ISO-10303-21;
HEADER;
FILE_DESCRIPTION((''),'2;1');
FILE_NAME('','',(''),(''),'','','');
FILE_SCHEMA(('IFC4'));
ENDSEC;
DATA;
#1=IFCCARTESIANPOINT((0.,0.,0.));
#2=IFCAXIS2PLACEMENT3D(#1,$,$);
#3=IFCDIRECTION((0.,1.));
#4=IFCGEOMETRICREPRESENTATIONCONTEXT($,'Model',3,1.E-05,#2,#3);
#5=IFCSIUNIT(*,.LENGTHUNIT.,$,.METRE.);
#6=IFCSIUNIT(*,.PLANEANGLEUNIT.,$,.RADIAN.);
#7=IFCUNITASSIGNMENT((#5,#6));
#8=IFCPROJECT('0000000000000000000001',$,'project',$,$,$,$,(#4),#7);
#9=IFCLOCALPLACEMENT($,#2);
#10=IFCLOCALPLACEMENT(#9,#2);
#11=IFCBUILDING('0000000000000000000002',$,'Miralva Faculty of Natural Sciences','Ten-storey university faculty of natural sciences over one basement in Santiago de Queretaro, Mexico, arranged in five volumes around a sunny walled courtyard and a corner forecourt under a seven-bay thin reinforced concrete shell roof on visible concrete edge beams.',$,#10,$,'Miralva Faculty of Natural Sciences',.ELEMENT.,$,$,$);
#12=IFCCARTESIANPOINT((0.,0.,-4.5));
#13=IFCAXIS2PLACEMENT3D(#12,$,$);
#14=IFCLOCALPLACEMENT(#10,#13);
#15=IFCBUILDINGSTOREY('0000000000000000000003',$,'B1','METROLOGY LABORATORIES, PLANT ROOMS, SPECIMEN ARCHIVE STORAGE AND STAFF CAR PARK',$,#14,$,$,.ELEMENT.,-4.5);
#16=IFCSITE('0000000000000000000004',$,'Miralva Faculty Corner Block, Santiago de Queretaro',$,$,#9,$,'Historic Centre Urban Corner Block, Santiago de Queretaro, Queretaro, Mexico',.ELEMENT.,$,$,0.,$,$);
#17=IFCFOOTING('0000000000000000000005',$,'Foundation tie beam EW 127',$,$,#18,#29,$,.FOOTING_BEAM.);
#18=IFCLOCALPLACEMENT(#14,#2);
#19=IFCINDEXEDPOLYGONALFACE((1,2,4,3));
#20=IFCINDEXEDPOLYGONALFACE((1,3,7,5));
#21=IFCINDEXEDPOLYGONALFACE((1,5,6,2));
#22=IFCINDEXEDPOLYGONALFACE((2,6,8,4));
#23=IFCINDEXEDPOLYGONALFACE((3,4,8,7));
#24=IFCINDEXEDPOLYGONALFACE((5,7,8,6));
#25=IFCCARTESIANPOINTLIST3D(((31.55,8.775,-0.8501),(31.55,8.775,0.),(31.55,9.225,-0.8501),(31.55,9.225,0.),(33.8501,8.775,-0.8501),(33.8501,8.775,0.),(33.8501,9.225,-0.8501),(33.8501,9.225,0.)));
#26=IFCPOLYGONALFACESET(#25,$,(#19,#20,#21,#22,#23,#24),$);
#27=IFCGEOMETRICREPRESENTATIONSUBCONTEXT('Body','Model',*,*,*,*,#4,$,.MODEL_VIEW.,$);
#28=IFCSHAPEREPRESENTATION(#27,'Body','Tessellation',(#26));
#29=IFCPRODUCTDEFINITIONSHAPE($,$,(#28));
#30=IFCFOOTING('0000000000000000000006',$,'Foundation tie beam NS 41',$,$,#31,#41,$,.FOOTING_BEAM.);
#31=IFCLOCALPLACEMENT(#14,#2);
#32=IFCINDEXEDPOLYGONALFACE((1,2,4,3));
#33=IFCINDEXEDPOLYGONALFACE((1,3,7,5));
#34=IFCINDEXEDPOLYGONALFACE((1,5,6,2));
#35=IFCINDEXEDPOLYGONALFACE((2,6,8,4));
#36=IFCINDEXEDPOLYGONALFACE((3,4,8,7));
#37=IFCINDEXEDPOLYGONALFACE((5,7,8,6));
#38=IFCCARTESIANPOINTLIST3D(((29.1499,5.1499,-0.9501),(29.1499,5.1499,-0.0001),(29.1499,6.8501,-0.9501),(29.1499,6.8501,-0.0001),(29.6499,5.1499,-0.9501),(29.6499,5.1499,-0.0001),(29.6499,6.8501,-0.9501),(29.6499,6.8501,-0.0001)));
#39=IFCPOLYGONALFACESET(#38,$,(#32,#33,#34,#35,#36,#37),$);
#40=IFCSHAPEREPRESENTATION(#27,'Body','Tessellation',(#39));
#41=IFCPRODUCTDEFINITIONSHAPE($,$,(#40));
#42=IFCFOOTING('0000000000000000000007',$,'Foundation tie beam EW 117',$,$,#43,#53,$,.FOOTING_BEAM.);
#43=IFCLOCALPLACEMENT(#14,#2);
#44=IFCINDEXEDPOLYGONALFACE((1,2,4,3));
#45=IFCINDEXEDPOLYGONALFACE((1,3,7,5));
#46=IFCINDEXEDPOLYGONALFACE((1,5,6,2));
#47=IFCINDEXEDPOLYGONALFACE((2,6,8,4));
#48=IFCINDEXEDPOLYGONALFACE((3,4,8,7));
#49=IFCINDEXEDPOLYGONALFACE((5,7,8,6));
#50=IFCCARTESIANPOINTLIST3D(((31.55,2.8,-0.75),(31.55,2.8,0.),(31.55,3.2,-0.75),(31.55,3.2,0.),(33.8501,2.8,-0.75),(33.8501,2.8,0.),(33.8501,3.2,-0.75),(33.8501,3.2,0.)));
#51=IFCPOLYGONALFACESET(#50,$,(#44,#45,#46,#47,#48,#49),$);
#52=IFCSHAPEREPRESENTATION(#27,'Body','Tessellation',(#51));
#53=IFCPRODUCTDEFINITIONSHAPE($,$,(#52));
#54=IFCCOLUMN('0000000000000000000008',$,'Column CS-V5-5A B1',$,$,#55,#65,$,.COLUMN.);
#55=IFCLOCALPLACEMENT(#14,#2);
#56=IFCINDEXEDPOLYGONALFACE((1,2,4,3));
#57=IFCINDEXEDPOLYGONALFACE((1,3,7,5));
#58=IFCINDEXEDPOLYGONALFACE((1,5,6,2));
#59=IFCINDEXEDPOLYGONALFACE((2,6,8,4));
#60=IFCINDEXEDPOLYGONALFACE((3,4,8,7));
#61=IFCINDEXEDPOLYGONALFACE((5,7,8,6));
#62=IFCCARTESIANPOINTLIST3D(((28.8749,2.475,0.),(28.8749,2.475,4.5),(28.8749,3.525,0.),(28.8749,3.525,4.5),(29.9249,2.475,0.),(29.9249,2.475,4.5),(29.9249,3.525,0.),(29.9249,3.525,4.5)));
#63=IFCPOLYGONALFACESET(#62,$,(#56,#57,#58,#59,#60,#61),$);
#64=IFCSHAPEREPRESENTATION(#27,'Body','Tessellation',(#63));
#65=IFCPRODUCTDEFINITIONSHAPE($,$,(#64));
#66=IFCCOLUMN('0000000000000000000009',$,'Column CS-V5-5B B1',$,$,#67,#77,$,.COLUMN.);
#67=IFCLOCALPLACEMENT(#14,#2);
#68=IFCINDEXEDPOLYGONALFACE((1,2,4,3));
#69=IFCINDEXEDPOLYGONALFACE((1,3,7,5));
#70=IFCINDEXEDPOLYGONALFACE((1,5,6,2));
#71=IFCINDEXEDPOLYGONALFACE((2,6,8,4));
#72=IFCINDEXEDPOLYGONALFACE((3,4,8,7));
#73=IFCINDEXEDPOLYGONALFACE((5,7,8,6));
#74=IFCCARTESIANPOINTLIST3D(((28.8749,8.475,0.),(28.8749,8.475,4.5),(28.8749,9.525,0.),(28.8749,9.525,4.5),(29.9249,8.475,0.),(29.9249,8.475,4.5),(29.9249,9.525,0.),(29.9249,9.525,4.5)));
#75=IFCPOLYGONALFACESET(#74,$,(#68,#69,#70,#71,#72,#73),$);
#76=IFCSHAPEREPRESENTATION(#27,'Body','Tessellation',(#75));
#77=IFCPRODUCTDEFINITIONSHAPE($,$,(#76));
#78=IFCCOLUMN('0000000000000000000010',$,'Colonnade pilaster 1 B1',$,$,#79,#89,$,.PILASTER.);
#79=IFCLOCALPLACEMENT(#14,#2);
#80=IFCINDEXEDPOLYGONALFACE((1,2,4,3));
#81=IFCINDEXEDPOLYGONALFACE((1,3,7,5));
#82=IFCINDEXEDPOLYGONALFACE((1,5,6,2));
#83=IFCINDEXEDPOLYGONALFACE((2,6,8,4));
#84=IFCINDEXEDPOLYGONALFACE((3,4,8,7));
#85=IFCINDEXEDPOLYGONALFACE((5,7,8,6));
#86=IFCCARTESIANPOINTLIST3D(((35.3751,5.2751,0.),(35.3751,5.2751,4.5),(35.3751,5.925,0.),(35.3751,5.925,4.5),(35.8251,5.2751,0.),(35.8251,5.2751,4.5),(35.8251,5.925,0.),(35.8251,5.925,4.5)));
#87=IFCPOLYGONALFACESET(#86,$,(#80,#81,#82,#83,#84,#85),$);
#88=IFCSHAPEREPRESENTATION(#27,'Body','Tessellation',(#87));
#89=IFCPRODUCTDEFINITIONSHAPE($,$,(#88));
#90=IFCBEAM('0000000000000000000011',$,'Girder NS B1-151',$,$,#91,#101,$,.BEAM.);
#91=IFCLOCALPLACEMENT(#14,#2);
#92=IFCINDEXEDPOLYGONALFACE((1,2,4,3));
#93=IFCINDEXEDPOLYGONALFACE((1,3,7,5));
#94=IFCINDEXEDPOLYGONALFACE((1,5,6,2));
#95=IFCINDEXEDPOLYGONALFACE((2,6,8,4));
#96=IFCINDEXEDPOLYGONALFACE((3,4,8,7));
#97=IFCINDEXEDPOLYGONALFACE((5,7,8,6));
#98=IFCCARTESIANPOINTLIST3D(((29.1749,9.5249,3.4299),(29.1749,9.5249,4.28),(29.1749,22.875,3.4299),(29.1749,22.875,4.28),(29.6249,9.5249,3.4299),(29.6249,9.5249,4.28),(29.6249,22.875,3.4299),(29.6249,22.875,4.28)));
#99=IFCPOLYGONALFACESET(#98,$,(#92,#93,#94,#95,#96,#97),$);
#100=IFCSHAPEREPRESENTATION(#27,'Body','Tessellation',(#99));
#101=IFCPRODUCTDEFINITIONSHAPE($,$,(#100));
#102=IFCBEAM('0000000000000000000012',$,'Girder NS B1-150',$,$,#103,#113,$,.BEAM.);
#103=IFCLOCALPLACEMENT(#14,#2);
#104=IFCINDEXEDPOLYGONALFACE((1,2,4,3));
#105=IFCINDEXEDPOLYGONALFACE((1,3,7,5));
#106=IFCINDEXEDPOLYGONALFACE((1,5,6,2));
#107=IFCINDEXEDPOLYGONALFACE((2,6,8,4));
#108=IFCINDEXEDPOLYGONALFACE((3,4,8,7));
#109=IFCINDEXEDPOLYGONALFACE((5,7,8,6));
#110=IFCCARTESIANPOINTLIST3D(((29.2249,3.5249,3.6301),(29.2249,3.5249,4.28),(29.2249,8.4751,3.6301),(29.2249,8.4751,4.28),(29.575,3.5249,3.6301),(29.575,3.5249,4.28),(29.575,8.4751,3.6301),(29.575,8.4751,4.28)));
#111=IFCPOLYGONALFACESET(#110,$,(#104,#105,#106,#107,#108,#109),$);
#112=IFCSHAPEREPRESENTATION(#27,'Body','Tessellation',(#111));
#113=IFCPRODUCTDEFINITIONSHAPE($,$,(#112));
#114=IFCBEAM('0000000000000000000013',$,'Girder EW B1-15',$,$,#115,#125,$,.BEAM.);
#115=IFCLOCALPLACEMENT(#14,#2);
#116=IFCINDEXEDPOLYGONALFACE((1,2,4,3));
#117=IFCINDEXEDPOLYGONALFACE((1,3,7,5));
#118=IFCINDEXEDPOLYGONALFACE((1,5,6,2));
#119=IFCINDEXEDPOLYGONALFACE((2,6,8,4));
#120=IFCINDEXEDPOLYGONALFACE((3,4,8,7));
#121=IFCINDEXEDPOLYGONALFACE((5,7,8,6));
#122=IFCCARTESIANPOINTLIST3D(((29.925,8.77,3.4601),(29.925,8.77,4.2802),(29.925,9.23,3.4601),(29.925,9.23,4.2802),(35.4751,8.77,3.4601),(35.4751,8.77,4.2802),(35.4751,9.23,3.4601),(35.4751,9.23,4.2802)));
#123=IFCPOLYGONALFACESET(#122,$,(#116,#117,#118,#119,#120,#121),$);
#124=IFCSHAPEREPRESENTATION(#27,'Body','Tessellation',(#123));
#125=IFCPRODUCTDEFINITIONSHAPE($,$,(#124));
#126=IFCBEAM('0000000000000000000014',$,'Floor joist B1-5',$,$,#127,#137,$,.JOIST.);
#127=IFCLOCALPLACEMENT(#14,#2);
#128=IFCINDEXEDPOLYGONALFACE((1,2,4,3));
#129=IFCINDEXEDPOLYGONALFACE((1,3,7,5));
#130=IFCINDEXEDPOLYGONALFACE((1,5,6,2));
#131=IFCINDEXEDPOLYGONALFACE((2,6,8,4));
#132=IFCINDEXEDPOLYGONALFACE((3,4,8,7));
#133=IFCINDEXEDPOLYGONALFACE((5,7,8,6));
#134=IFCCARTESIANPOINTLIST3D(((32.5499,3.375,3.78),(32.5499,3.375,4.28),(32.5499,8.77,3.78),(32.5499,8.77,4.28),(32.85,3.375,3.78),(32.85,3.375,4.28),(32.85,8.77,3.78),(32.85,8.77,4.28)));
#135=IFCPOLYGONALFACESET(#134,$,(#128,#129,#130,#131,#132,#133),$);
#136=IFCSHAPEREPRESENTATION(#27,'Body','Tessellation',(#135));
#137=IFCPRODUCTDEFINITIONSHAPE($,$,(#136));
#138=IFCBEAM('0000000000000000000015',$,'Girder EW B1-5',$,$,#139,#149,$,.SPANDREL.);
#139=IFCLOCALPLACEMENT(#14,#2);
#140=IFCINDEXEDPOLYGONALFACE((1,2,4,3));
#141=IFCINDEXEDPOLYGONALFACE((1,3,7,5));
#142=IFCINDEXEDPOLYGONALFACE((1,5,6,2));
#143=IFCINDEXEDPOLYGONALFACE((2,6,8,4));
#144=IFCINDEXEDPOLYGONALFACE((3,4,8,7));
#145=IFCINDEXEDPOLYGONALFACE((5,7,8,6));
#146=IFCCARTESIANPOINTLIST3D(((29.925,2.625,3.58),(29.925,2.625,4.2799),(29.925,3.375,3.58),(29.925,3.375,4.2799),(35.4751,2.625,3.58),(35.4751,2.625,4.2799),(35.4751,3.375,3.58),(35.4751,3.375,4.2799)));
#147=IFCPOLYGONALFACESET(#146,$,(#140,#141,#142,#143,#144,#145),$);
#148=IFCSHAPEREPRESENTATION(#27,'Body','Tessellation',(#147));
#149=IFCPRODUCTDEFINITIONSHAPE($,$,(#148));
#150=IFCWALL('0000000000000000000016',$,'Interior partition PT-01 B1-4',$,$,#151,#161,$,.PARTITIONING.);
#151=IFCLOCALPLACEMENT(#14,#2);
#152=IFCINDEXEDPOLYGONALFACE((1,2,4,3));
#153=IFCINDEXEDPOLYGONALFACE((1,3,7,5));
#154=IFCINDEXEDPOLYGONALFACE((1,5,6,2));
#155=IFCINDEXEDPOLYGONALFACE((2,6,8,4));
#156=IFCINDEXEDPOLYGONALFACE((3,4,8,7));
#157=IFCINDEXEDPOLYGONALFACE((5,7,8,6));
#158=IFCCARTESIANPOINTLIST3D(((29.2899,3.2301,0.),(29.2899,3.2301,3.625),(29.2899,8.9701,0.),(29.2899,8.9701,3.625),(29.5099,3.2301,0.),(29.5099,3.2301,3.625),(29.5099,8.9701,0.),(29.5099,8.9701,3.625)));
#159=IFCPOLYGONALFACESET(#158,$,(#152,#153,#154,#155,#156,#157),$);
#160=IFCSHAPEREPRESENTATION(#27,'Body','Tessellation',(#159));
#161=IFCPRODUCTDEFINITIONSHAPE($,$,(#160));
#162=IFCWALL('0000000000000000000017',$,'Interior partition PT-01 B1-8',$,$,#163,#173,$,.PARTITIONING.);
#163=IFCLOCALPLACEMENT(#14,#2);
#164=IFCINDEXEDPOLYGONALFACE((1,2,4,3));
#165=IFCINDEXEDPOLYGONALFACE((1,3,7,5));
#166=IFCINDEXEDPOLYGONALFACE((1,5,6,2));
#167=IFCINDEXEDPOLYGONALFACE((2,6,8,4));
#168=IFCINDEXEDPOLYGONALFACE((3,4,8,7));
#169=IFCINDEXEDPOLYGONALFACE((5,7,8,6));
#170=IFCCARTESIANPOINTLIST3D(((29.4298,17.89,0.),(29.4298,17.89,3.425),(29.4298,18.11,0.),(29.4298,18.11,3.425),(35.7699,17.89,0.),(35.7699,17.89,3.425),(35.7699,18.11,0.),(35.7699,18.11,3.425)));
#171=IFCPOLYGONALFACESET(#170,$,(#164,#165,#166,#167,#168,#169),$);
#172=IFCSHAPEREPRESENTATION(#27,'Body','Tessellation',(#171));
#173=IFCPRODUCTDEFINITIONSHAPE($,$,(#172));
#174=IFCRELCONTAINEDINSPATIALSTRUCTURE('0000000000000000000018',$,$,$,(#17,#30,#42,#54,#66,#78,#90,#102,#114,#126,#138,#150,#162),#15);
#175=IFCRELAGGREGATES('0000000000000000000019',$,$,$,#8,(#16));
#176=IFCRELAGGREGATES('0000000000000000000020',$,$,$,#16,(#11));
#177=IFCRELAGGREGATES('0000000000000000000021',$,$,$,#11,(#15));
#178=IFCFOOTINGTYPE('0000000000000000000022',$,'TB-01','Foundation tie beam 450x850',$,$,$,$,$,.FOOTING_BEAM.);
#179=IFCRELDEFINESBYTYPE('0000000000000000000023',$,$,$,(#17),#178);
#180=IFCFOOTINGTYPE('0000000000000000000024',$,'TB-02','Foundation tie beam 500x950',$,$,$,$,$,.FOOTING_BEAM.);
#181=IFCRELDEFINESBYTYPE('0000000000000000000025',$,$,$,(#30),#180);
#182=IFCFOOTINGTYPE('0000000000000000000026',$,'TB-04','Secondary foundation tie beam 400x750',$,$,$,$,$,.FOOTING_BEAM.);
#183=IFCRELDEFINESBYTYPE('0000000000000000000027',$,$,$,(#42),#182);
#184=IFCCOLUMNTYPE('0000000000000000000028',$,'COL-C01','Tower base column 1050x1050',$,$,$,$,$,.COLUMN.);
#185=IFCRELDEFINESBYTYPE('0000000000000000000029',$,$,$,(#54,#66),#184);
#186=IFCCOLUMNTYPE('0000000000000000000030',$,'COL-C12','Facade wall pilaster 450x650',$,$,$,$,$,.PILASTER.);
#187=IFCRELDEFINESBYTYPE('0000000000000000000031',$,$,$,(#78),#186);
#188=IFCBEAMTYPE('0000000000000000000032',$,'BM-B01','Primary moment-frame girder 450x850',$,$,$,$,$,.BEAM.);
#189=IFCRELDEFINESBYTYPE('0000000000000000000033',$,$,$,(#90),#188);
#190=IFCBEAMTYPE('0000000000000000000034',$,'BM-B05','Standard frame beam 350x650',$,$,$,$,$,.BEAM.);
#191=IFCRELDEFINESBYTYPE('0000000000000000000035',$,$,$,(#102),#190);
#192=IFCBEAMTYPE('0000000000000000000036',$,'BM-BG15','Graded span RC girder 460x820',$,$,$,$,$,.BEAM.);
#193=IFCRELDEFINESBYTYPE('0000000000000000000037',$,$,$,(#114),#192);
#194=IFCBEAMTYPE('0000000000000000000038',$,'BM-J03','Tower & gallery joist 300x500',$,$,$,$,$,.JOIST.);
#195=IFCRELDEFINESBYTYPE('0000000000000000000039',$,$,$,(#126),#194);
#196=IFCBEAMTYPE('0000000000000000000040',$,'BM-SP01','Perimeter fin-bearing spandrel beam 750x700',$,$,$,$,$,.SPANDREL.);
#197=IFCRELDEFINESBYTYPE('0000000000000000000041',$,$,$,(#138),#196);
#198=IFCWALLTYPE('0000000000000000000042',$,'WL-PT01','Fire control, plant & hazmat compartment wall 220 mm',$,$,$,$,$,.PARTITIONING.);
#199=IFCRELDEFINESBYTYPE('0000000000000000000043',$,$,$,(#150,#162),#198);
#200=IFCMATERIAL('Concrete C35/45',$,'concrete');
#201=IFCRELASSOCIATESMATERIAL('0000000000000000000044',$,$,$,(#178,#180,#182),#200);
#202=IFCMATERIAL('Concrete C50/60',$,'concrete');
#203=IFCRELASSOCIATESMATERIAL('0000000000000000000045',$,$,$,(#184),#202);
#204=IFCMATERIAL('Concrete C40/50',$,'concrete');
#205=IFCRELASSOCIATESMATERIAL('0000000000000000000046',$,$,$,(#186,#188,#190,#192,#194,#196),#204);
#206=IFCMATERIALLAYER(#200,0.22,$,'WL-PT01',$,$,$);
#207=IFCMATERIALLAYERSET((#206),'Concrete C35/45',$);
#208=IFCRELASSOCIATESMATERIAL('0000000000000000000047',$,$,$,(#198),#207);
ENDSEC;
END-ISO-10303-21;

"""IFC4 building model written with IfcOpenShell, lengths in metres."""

from ifc_helpers import new_model, si_unit, direction, frame, frame_2d, origin, origin_2d, place, context, subcontext, project, spatial, rectangle, extrude, material, layer, layer_set, material_profile, profile_set, type_object, element, save


model = new_model("IFC4")

# Units and contexts
model_context = context("Model", 3, precision=1e-05, world=origin(), true_north=direction((0.0, 1.0)))
body_context = subcontext(model_context, "Body", "Model", "MODEL_VIEW")
ifc_project = project(units=[si_unit("LENGTHUNIT", "METRE"), si_unit("PLANEANGLEUNIT", "RADIAN")], contexts=[model_context])

# Site, building, storey
site_placement = place(None, origin())
site = spatial("IfcSite", under=ifc_project, at=site_placement, Name="Miralva Faculty Corner Block, Santiago de Queretaro", LongName="Historic Centre Urban Corner Block, Santiago de Queretaro, Queretaro, Mexico", CompositionType="ELEMENT", RefElevation=0.0)
building_placement = place(site_placement, origin())
building = spatial("IfcBuilding", under=site, at=building_placement, Name="Miralva Faculty of Natural Sciences", Description="Ten-storey university faculty of natural sciences over one basement in Santiago de Queretaro, Mexico, arranged in five volumes around a sunny walled courtyard and a corner forecourt under a seven-bay thin reinforced concrete shell roof on visible concrete edge beams.", LongName="Miralva Faculty of Natural Sciences", CompositionType="ELEMENT")
storey_placement = place(building_placement, frame((0.0, 0.0, -4.5)))
storey = spatial("IfcBuildingStorey", under=building, at=storey_placement, Name="B1", Description="METROLOGY LABORATORIES, PLANT ROOMS, SPECIMEN ARCHIVE STORAGE AND STAFF CAR PARK", CompositionType="ELEMENT", Elevation=-4.5)

# Shared definitions
ifc_material_1 = material(Name="Concrete C35/45", Category="concrete")

# Footings
ifc_material_profile_1 = material_profile(ifc_material_1, rectangle(XDim=0.45, YDim=0.8501, at=origin_2d()), Name="RC 450x850")
ifc_profile_set_1 = profile_set([ifc_material_profile_1], Name="Concrete C35/45")
footing_type_1 = type_object("IfcFootingType", Name="TB-01", Description="Foundation tie beam 450x850", PredefinedType="FOOTING_BEAM", material=ifc_profile_set_1)
footing_1_placement = place(storey_placement, frame((31.55, 9.0, -0.425), z_axis=(1.0, 0.0, 0.0), x_axis=(0.0, 1.0, 0.0)))
element("IfcFooting", 1, at=footing_1_placement, inside=storey, type_object=footing_type_1, Name="Foundation tie beam EW 127", PredefinedType="FOOTING_BEAM", context=body_context, shape_type="SweptSolid", body=[
    extrude(rectangle(XDim=0.45, YDim=0.8501, at=origin_2d()), origin(), (0.0, 0.0, 1.0), 2.3),
])
ifc_material_profile_2 = material_profile(ifc_material_1, rectangle(XDim=0.5, YDim=0.95, at=origin_2d()), Name="RC 500x950")
ifc_profile_set_2 = profile_set([ifc_material_profile_2], Name="Concrete C35/45")
footing_type_2 = type_object("IfcFootingType", Name="TB-02", Description="Foundation tie beam 500x950", PredefinedType="FOOTING_BEAM", material=ifc_profile_set_2)
footing_2_placement = place(storey_placement, frame((29.3999, 5.1499, -0.4751), z_axis=(0.0, 1.0, 0.0), x_axis=(-1.0, 0.0, 0.0)))
element("IfcFooting", 2, at=footing_2_placement, inside=storey, type_object=footing_type_2, Name="Foundation tie beam NS 41", PredefinedType="FOOTING_BEAM", context=body_context, shape_type="SweptSolid", body=[
    extrude(rectangle(XDim=0.5, YDim=0.95, at=origin_2d()), origin(), (0.0, 0.0, 1.0), 1.7002),
])
ifc_material_profile_3 = material_profile(ifc_material_1, rectangle(XDim=0.3999, YDim=0.75, at=origin_2d()), Name="RC 400x750")
ifc_profile_set_3 = profile_set([ifc_material_profile_3], Name="Concrete C35/45")
footing_type_3 = type_object("IfcFootingType", Name="TB-04", Description="Secondary foundation tie beam 400x750", PredefinedType="FOOTING_BEAM", material=ifc_profile_set_3)
footing_3_placement = place(storey_placement, frame((31.55, 3.0, -0.375), z_axis=(1.0, 0.0, 0.0), x_axis=(0.0, 1.0, 0.0)))
element("IfcFooting", 3, at=footing_3_placement, inside=storey, type_object=footing_type_3, Name="Foundation tie beam EW 117", PredefinedType="FOOTING_BEAM", context=body_context, shape_type="SweptSolid", body=[
    extrude(rectangle(XDim=0.3999, YDim=0.75, at=origin_2d()), origin(), (0.0, 0.0, 1.0), 2.3),
])

# Columns
ifc_material_2 = material(Name="Concrete C50/60", Category="concrete")
ifc_material_profile_4 = material_profile(ifc_material_2, rectangle(XDim=1.05, YDim=1.05, at=origin_2d()), Name="RC 1050x1050")
ifc_profile_set_4 = profile_set([ifc_material_profile_4], Name="Concrete C50/60")
column_type_1 = type_object("IfcColumnType", Name="COL-C01", Description="Tower base column 1050x1050", PredefinedType="COLUMN", material=ifc_profile_set_4)
for number, where, z_axis, x_axis, name in (
    (4, (29.3999, 3.0, 0.0), (0.0, 0.0, 1.0), (1.0, 0.0, 0.0), "Column CS-V5-5A B1"),
    (5, (29.3999, 9.0, 0.0), (0.0, 0.0, 1.0), (1.0, 0.0, 0.0), "Column CS-V5-5B B1"),
):
    element("IfcColumn", number, at=place(storey_placement, frame(where, z_axis=z_axis, x_axis=x_axis)), inside=storey, type_object=column_type_1, Name=name, PredefinedType="COLUMN", context=body_context, shape_type="SweptSolid", body=[
        extrude(rectangle(XDim=1.05, YDim=1.05, at=origin_2d()), origin(), (0.0, 0.0, 1.0), 4.5),
    ])
ifc_material_3 = material(Name="Concrete C40/50", Category="concrete")
ifc_material_profile_5 = material_profile(ifc_material_3, rectangle(XDim=0.45, YDim=0.6499, at=origin_2d()), Name="RC 450x650")
ifc_profile_set_5 = profile_set([ifc_material_profile_5], Name="Concrete C40/50")
column_type_2 = type_object("IfcColumnType", Name="COL-C12", Description="Facade wall pilaster 450x650", PredefinedType="PILASTER", material=ifc_profile_set_5)
column_placement = place(storey_placement, frame((35.6001, 5.6001, 0.0), z_axis=(0.0, 0.0, 1.0), x_axis=(1.0, 0.0, 0.0)))
element("IfcColumn", 6, at=column_placement, inside=storey, type_object=column_type_2, Name="Colonnade pilaster 1 B1", PredefinedType="PILASTER", context=body_context, shape_type="SweptSolid", body=[
    extrude(rectangle(XDim=0.45, YDim=0.6499, at=origin_2d()), origin(), (0.0, 0.0, 1.0), 4.5),
])

# Beams
ifc_material_profile_6 = material_profile(ifc_material_3, rectangle(XDim=0.45, YDim=0.8501, at=origin_2d()), Name="RC 450x850")
ifc_profile_set_6 = profile_set([ifc_material_profile_6], Name="Concrete C40/50")
beam_type_1 = type_object("IfcBeamType", Name="BM-B01", Description="Primary moment-frame girder 450x850", PredefinedType="BEAM", material=ifc_profile_set_6)
beam_1_placement = place(storey_placement, frame((29.3999, 9.5249, 3.855), z_axis=(0.0, 1.0, 0.0), x_axis=(-1.0, 0.0, 0.0)))
element("IfcBeam", 7, at=beam_1_placement, inside=storey, type_object=beam_type_1, Name="Girder NS B1-151", PredefinedType="BEAM", context=body_context, shape_type="SweptSolid", body=[
    extrude(rectangle(XDim=0.45, YDim=0.8501, at=origin_2d()), origin(), (0.0, 0.0, 1.0), 13.3501),
])
ifc_material_profile_7 = material_profile(ifc_material_3, rectangle(XDim=0.3501, YDim=0.6499, at=origin_2d()), Name="RC 350x650")
ifc_profile_set_7 = profile_set([ifc_material_profile_7], Name="Concrete C40/50")
beam_type_2 = type_object("IfcBeamType", Name="BM-B05", Description="Standard frame beam 350x650", PredefinedType="BEAM", material=ifc_profile_set_7)
beam_2_placement = place(storey_placement, frame((29.3999, 3.5249, 3.9551), z_axis=(0.0, 1.0, 0.0), x_axis=(-1.0, 0.0, 0.0)))
element("IfcBeam", 8, at=beam_2_placement, inside=storey, type_object=beam_type_2, Name="Girder NS B1-150", PredefinedType="BEAM", context=body_context, shape_type="SweptSolid", body=[
    extrude(rectangle(XDim=0.3501, YDim=0.6499, at=origin_2d()), origin(), (0.0, 0.0, 1.0), 4.9502),
])
ifc_material_profile_8 = material_profile(ifc_material_3, rectangle(XDim=0.46, YDim=0.8201, at=origin_2d()), Name="RC 460x820")
ifc_profile_set_8 = profile_set([ifc_material_profile_8], Name="Concrete C40/50")
beam_type_3 = type_object("IfcBeamType", Name="BM-BG15", Description="Graded span RC girder 460x820", PredefinedType="BEAM", material=ifc_profile_set_8)
beam_3_placement = place(storey_placement, frame((29.925, 9.0, 3.8701), z_axis=(1.0, 0.0, 0.0), x_axis=(0.0, 1.0, 0.0)))
element("IfcBeam", 9, at=beam_3_placement, inside=storey, type_object=beam_type_3, Name="Girder EW B1-15", PredefinedType="BEAM", context=body_context, shape_type="SweptSolid", body=[
    extrude(rectangle(XDim=0.46, YDim=0.8201, at=origin_2d()), origin(), (0.0, 0.0, 1.0), 5.55),
])
ifc_material_profile_9 = material_profile(ifc_material_3, rectangle(XDim=0.3, YDim=0.5, at=origin_2d()), Name="RC 300x500")
ifc_profile_set_9 = profile_set([ifc_material_profile_9], Name="Concrete C40/50")
beam_type_4 = type_object("IfcBeamType", Name="BM-J03", Description="Tower & gallery joist 300x500", PredefinedType="JOIST", material=ifc_profile_set_9)
beam_4_placement = place(storey_placement, frame((32.7, 3.375, 4.03), z_axis=(0.0, 1.0, 0.0), x_axis=(-1.0, 0.0, 0.0)))
element("IfcBeam", 10, at=beam_4_placement, inside=storey, type_object=beam_type_4, Name="Floor joist B1-5", PredefinedType="JOIST", context=body_context, shape_type="SweptSolid", body=[
    extrude(rectangle(XDim=0.3, YDim=0.5, at=origin_2d()), origin(), (0.0, 0.0, 1.0), 5.395),
])
ifc_material_profile_10 = material_profile(ifc_material_3, rectangle(XDim=0.75, YDim=0.7, at=origin_2d()), Name="RC 750x700")
ifc_profile_set_10 = profile_set([ifc_material_profile_10], Name="Concrete C40/50")
beam_type_5 = type_object("IfcBeamType", Name="BM-SP01", Description="Perimeter fin-bearing spandrel beam 750x700", PredefinedType="SPANDREL", material=ifc_profile_set_10)
beam_5_placement = place(storey_placement, frame((29.925, 3.0, 3.9299), z_axis=(1.0, 0.0, 0.0), x_axis=(0.0, 1.0, 0.0)))
element("IfcBeam", 11, at=beam_5_placement, inside=storey, type_object=beam_type_5, Name="Girder EW B1-5", PredefinedType="SPANDREL", context=body_context, shape_type="SweptSolid", body=[
    extrude(rectangle(XDim=0.75, YDim=0.7, at=origin_2d()), origin(), (0.0, 0.0, 1.0), 5.55),
])

# Wall
ifc_layer_1 = layer(ifc_material_1, 0.22, Name="WL-PT01")
ifc_layer_set_1 = layer_set([ifc_layer_1], Name="Concrete C35/45")
wall_type = type_object("IfcWallType", Name="WL-PT01", Description="Fire control, plant & hazmat compartment wall 220 mm", PredefinedType="PARTITIONING", material=ifc_layer_set_1)
wall_1_placement = place(storey_placement, frame((29.3999, 3.23, 0.0), z_axis=(0.0, 0.0, 1.0), x_axis=(0.0, 1.0, 0.0)))
element("IfcWall", 12, at=wall_1_placement, inside=storey, type_object=wall_type, Name="Interior partition PT-01 B1-4", PredefinedType="PARTITIONING", context=body_context, shape_type="SweptSolid", body=[
    extrude(rectangle(XDim=5.74, YDim=0.22, at=frame_2d((2.8701, 0.0))), origin(), (0.0, 0.0, 1.0), 3.625),
])

# Wall
wall_2_placement = place(storey_placement, frame((29.4299, 18.0, 0.0), z_axis=(0.0, 0.0, 1.0), x_axis=(1.0, 0.0, 0.0)))
element("IfcWall", 13, at=wall_2_placement, inside=storey, type_object=wall_type, Name="Interior partition PT-01 B1-8", PredefinedType="PARTITIONING", context=body_context, shape_type="SweptSolid", body=[
    extrude(rectangle(XDim=6.3401, YDim=0.22, at=frame_2d((3.1699, 0.0))), origin(), (0.0, 0.0, 1.0), 3.425),
])

save(model, "model.ifc")
